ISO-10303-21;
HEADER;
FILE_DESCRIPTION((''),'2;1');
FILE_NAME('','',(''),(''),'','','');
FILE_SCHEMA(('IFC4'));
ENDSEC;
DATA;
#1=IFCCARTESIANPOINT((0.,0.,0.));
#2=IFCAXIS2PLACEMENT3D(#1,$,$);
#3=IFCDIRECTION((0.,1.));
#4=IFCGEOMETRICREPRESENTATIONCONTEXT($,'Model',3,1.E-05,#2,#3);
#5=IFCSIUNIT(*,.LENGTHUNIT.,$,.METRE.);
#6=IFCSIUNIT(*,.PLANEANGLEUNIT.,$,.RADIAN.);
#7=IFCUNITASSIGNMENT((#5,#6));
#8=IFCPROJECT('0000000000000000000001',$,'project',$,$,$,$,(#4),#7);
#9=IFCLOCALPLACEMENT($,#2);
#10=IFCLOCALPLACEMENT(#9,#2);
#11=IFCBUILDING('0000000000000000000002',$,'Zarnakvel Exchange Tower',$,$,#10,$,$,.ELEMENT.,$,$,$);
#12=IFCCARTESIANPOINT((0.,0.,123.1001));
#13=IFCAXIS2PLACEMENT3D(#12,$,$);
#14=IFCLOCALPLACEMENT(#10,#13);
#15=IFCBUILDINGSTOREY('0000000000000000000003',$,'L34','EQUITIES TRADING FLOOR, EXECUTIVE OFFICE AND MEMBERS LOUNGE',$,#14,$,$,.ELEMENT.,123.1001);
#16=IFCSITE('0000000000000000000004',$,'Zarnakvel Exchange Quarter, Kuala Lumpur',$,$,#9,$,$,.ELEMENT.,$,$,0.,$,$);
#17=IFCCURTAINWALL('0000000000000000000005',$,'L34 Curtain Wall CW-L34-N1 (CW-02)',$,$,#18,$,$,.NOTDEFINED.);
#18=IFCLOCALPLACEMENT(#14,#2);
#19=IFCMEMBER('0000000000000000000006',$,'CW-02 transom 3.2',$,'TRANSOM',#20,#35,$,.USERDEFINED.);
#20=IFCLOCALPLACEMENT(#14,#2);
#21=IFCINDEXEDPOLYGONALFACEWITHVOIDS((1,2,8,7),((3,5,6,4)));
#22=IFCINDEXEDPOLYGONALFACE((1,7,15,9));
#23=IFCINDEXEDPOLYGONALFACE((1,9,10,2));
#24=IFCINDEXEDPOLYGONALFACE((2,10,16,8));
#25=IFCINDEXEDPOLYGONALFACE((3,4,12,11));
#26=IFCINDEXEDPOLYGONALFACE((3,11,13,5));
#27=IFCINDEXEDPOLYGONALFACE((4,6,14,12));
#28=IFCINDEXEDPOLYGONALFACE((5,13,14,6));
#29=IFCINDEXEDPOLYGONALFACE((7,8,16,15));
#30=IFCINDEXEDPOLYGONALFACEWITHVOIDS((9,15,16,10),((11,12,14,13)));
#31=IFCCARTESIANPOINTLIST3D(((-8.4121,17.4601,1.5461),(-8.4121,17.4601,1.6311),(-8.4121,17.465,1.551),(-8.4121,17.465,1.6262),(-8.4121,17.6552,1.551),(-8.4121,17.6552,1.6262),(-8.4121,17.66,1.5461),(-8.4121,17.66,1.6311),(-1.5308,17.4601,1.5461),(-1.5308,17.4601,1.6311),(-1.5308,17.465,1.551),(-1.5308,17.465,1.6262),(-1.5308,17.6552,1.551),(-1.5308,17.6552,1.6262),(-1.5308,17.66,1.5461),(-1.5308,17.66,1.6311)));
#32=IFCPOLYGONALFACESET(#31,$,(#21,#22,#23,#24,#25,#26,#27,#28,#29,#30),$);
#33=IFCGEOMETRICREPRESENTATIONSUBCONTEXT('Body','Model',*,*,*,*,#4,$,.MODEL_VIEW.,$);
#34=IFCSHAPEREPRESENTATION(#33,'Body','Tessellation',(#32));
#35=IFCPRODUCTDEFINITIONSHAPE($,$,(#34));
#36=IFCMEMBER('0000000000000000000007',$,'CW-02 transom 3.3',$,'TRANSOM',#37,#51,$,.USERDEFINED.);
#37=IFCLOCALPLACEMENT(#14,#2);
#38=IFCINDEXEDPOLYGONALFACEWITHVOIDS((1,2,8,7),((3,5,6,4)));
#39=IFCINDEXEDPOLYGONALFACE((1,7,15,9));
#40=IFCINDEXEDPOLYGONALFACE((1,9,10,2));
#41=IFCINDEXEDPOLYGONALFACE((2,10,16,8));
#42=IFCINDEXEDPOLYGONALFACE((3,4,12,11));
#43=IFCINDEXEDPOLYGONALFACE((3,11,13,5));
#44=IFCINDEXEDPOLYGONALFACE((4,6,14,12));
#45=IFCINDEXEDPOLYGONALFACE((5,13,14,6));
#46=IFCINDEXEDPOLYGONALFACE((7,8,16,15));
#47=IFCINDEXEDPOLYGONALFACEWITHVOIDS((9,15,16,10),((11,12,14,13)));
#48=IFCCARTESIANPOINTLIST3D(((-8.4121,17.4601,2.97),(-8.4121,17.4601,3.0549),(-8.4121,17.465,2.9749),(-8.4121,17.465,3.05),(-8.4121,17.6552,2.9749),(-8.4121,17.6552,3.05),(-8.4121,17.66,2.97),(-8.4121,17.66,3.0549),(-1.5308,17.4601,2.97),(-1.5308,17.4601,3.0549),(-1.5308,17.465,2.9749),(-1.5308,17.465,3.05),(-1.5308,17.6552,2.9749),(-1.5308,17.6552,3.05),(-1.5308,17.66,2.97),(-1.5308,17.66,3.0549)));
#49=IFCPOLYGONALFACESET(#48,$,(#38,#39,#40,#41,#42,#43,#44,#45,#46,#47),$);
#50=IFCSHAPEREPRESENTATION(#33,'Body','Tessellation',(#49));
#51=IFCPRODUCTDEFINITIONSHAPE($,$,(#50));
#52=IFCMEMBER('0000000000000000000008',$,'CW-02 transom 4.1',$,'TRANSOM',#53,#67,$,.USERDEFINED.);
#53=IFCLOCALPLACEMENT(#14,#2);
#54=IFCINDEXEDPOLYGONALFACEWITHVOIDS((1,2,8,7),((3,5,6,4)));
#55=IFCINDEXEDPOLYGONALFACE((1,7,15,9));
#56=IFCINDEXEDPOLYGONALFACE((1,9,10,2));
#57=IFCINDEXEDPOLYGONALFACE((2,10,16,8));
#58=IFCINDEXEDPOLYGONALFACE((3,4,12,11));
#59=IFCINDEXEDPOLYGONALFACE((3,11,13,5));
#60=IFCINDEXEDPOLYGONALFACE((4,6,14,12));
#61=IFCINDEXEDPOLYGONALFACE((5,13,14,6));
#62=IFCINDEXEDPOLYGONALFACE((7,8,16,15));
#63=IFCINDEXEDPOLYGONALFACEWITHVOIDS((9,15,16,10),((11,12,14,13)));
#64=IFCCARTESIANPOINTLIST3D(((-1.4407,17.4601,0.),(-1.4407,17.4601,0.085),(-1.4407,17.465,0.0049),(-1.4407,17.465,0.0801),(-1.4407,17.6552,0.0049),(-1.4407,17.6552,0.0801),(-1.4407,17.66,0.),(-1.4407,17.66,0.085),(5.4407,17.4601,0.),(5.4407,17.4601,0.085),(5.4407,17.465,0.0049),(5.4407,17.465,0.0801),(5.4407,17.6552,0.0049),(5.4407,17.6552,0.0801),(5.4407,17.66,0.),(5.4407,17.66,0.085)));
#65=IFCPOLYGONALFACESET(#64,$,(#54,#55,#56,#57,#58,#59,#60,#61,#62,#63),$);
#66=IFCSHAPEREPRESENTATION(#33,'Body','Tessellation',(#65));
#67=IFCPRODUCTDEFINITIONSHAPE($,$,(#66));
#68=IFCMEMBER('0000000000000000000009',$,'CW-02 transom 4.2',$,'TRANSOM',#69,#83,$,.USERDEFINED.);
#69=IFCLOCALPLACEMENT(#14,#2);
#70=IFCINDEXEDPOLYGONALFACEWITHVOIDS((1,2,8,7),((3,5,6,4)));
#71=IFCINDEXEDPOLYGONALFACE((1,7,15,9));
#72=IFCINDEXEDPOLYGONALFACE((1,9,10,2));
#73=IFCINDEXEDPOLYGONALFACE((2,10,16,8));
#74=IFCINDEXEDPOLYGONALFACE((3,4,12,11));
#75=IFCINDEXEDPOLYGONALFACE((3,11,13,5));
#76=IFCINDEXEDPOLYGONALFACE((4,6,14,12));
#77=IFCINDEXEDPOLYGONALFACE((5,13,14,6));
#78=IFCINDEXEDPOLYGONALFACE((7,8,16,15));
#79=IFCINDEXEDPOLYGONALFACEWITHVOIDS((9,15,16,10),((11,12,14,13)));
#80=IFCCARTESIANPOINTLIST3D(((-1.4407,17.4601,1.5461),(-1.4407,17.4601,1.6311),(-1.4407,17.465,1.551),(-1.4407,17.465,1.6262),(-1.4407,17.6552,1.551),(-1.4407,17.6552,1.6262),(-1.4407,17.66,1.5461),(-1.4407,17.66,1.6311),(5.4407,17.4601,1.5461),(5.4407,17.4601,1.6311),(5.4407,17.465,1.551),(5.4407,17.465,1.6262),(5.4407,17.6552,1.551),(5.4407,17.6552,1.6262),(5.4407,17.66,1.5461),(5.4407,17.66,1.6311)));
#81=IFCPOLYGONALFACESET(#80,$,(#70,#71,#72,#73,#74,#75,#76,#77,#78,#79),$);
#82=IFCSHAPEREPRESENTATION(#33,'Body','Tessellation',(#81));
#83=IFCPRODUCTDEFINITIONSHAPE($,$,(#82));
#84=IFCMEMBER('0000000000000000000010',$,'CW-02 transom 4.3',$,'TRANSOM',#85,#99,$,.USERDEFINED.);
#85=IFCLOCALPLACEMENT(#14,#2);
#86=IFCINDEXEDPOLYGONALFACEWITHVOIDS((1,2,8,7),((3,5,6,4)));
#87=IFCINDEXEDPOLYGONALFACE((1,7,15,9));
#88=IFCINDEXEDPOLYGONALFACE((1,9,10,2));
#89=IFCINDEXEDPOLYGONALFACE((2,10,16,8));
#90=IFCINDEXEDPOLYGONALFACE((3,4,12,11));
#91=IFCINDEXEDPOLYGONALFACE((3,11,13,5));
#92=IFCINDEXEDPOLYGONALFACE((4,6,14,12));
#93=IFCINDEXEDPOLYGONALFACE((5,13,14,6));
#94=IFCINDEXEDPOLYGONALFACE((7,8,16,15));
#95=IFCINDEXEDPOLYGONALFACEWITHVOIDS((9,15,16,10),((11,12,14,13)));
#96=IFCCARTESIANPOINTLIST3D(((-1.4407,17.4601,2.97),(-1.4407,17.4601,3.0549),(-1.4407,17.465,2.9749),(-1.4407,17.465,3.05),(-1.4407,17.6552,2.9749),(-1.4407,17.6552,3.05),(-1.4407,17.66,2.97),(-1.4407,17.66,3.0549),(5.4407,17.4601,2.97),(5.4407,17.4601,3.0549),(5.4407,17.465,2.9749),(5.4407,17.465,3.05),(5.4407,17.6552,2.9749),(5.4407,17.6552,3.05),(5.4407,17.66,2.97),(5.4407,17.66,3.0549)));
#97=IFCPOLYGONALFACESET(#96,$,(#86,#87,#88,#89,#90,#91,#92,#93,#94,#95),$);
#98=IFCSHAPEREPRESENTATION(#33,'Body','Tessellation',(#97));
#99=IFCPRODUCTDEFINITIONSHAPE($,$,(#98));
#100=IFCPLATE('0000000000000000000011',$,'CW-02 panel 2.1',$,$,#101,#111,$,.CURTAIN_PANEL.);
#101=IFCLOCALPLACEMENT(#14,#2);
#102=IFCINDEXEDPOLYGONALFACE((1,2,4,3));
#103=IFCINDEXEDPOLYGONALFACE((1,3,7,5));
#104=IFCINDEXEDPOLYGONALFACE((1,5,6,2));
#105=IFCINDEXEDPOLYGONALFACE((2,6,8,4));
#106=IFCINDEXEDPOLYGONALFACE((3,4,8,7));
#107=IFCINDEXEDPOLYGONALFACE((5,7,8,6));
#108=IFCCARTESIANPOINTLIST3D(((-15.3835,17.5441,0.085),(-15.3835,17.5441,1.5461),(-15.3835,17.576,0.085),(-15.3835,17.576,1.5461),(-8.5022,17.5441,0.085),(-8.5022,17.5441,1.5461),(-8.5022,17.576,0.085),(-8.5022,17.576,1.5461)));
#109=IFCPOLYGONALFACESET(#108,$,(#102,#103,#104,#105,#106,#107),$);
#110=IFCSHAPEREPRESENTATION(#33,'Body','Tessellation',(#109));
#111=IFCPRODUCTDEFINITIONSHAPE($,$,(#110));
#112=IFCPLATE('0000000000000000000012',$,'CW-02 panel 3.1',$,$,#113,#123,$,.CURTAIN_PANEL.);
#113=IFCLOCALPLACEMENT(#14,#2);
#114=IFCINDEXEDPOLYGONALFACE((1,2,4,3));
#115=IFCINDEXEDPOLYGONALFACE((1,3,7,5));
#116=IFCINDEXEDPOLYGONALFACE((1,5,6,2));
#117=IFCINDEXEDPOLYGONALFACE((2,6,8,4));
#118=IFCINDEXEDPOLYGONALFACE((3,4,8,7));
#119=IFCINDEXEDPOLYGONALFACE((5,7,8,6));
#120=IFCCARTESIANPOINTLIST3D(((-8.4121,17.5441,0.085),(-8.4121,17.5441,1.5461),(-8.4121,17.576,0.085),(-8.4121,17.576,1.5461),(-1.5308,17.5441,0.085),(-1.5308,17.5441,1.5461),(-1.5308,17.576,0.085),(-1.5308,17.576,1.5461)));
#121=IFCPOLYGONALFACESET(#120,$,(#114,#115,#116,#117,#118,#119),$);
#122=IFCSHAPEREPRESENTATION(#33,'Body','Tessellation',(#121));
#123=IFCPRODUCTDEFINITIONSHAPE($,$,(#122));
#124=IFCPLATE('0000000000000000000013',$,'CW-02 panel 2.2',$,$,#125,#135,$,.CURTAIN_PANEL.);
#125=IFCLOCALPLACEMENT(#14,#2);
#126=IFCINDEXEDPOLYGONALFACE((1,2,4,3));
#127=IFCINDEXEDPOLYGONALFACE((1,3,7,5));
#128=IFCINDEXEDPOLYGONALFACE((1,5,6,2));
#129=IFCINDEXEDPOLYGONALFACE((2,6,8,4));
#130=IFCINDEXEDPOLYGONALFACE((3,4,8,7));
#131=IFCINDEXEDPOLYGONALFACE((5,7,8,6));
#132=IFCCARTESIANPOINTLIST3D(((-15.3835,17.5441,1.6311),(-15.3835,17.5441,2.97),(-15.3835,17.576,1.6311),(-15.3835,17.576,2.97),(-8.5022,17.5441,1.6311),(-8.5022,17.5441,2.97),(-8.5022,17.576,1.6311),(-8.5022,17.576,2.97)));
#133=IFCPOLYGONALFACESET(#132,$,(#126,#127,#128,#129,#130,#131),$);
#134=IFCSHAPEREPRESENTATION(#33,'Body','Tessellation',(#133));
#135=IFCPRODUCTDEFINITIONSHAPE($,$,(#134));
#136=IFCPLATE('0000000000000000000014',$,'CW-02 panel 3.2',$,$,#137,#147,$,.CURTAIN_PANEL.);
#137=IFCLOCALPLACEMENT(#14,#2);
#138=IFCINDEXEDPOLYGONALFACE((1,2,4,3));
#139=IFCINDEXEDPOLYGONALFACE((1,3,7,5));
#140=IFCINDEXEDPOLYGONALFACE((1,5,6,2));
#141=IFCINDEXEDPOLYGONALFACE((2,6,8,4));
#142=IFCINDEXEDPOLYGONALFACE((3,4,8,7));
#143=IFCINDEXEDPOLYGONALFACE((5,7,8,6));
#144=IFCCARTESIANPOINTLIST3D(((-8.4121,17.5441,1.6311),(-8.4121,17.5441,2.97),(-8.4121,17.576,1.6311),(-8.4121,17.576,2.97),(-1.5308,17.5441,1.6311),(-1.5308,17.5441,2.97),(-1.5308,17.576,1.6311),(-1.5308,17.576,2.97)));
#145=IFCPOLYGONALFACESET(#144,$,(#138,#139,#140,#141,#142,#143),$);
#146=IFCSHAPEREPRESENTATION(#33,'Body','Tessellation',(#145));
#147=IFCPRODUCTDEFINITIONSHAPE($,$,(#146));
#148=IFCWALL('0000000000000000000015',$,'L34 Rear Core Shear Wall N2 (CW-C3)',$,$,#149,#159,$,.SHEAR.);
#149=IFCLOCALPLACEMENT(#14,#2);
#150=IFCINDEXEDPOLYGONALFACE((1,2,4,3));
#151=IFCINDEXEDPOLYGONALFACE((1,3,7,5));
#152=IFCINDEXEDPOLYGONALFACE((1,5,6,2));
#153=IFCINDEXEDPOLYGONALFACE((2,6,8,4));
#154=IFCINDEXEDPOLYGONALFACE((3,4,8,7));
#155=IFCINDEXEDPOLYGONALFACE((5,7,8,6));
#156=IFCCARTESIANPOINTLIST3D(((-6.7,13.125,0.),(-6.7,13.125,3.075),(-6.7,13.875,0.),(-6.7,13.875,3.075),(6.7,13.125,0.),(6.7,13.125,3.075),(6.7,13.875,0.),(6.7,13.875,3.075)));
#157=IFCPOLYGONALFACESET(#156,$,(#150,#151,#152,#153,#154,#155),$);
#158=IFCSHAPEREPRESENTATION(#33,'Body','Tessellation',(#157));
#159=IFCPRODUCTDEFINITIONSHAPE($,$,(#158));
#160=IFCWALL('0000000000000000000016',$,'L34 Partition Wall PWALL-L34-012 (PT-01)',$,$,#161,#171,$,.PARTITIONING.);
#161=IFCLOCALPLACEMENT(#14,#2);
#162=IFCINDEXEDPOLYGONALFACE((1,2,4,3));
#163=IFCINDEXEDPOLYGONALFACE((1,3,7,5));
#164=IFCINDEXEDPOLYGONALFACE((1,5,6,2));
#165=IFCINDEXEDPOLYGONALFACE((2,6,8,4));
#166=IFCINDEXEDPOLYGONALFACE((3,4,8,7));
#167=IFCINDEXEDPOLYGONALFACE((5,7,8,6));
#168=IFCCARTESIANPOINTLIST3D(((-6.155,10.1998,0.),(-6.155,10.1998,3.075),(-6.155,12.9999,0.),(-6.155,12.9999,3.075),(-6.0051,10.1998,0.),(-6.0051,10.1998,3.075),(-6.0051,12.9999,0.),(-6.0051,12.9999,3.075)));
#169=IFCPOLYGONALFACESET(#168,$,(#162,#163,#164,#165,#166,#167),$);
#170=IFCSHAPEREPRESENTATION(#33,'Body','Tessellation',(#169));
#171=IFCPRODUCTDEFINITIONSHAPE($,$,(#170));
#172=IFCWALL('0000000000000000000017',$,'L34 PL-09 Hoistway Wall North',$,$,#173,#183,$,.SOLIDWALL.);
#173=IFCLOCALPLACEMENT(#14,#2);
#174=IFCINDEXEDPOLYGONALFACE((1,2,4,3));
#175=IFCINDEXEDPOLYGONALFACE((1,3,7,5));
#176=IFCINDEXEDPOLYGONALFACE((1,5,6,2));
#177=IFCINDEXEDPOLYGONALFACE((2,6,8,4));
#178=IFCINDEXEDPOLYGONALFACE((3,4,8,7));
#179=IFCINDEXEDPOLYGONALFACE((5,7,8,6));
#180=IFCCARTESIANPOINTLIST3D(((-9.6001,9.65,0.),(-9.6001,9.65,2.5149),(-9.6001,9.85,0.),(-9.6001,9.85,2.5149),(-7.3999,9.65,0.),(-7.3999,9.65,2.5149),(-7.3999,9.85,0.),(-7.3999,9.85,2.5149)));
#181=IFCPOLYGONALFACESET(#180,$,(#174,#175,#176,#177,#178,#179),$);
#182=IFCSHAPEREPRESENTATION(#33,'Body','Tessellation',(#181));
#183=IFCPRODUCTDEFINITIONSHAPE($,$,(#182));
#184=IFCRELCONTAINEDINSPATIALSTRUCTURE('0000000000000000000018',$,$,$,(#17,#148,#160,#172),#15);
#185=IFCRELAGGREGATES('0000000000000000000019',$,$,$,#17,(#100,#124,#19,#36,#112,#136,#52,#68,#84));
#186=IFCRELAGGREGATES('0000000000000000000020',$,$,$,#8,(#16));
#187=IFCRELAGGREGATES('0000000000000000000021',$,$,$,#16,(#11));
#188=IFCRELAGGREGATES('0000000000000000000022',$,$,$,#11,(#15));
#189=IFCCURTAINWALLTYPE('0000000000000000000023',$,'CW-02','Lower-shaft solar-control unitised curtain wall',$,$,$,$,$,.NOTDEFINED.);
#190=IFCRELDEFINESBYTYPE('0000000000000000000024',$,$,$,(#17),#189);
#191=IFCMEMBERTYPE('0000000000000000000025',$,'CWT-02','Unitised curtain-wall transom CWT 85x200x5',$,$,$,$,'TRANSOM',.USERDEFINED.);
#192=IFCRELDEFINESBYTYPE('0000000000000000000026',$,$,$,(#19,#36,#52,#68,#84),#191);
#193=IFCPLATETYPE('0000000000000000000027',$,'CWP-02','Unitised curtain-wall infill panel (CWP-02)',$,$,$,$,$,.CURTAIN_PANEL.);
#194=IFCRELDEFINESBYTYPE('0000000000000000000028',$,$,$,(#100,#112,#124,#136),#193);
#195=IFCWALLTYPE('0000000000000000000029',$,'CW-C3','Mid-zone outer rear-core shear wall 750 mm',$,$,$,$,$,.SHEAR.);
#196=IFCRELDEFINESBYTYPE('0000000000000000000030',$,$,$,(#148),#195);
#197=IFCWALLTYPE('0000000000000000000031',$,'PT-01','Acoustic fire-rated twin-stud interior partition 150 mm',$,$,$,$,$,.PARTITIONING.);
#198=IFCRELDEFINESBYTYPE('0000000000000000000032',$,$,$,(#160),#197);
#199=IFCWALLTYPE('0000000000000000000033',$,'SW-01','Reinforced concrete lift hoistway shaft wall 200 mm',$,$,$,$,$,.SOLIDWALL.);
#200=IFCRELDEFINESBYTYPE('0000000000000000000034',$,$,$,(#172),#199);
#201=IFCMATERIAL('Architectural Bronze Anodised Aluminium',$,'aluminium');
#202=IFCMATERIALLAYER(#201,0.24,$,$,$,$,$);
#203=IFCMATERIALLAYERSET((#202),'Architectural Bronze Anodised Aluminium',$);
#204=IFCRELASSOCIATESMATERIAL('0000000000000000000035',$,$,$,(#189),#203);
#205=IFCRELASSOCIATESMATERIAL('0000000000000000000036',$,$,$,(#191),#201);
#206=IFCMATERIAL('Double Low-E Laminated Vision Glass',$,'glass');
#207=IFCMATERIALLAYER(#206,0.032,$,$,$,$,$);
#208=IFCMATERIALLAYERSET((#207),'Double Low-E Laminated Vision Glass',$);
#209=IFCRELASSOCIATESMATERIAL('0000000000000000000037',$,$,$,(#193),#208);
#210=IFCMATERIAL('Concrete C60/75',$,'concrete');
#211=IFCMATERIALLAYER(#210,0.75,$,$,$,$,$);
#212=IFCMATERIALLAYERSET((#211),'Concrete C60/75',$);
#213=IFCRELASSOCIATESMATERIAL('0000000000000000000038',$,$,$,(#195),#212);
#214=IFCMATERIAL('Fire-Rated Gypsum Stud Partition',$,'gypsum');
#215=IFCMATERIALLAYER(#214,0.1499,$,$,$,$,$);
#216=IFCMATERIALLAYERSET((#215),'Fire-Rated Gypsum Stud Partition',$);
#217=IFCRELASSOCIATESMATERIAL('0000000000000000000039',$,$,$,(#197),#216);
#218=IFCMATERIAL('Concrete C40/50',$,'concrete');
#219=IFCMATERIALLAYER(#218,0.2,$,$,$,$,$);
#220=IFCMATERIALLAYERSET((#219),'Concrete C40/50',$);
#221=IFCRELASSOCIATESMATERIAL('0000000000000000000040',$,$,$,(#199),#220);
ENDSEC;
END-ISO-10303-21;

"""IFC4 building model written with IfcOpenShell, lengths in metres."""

from ifc_helpers import new_model, si_unit, direction, frame, frame_2d, origin, origin_2d, place, context, subcontext, project, spatial, rectangle, hollow_rectangle, extrude, source, transform, mapped, material, layer, layer_set, material_profile, profile_set, type_object, element, aggregate, save


model = new_model("IFC4")

# Units and contexts
model_context = context("Model", 3, precision=1e-05, world=origin(), true_north=direction((0.0, 1.0)))
body_context = subcontext(model_context, "Body", "Model", "MODEL_VIEW")
ifc_project = project(units=[si_unit("LENGTHUNIT", "METRE"), si_unit("PLANEANGLEUNIT", "RADIAN")], contexts=[model_context])

# Site, building, storey
site_placement = place(None, origin())
site = spatial("IfcSite", under=ifc_project, at=site_placement, Name="Zarnakvel Exchange Quarter, Kuala Lumpur", CompositionType="ELEMENT", RefElevation=0.0)
building_placement = place(site_placement, origin())
building = spatial("IfcBuilding", under=site, at=building_placement, Name="Zarnakvel Exchange Tower", CompositionType="ELEMENT")
storey_placement = place(building_placement, frame((0.0, 0.0, 123.1001)))
storey = spatial("IfcBuildingStorey", under=building, at=storey_placement, Name="L34", Description="EQUITIES TRADING FLOOR, EXECUTIVE OFFICE AND MEMBERS LOUNGE", CompositionType="ELEMENT", Elevation=123.1001)

# Shared definitions
ifc_material_1 = material(Name="Concrete C60/75", Category="concrete")

# Curtain wall, members, plates
ifc_material_2 = material(Name="Architectural Bronze Anodised Aluminium", Category="aluminium")
ifc_layer_1 = layer(ifc_material_2, 0.24)
ifc_layer_set_1 = layer_set([ifc_layer_1], Name="Architectural Bronze Anodised Aluminium")
curtain_wall_type = type_object("IfcCurtainWallType", Name="CW-02", Description="Lower-shaft solar-control unitised curtain wall", PredefinedType="NOTDEFINED", material=ifc_layer_set_1)
curtain_wall_placement = place(storey_placement, origin())
curtain_wall = element("IfcCurtainWall", 1, at=curtain_wall_placement, inside=storey, type_object=curtain_wall_type, Name="L34 Curtain Wall CW-L34-N1 (CW-02)", PredefinedType="NOTDEFINED")
ifc_material_profile_1 = material_profile(ifc_material_2, hollow_rectangle(XDim=0.2, YDim=0.085, WallThickness=0.0049, at=origin_2d()))
ifc_profile_set_1 = profile_set([ifc_material_profile_1], Name="Architectural Bronze Anodised Aluminium")
member_type_1 = type_object("IfcMemberType", Name="CWT-02", Description="Unitised curtain-wall transom CWT 85x200x5", ElementType="TRANSOM", PredefinedType="USERDEFINED", material=ifc_profile_set_1)
shared_shape_1 = source(origin(), body_context, "Body", "SweptSolid", [
    extrude(hollow_rectangle(XDim=0.2, YDim=0.085, WallThickness=0.0049, at=origin_2d()), origin(), (0.0, 0.0, 1.0), 6.8813),
])
member_1_placement = place(storey_placement, frame((-8.4121, 17.5601, 1.5886), z_axis=(1.0, 0.0, 0.0), x_axis=(0.0, 1.0, 0.0)))
member_1 = element("IfcMember", 2, at=member_1_placement, type_object=member_type_1, Name="CW-02 transom 3.2", ObjectType="TRANSOM", PredefinedType="USERDEFINED", context=body_context, shape_type="MappedRepresentation", body=[
    mapped(shared_shape_1, transform((0.0, 0.0, 0.0), x_axis=(1.0, 0.0, 0.0), y_axis=(0.0, 1.0, 0.0), z_axis=(0.0, 0.0, 1.0), scale=1.0)),
])
member_2_placement = place(storey_placement, frame((-8.4121, 17.5601, 3.0125), z_axis=(1.0, 0.0, 0.0), x_axis=(0.0, 1.0, 0.0)))
member_2 = element("IfcMember", 3, at=member_2_placement, type_object=member_type_1, Name="CW-02 transom 3.3", ObjectType="TRANSOM", PredefinedType="USERDEFINED", context=body_context, shape_type="MappedRepresentation", body=[
    mapped(shared_shape_1, transform((0.0, 0.0, 0.0), x_axis=(1.0, 0.0, 0.0), y_axis=(0.0, 1.0, 0.0), z_axis=(0.0, 0.0, 1.0), scale=1.0)),
])
member_3_placement = place(storey_placement, frame((-1.4407, 17.5601, 0.0425), z_axis=(1.0, 0.0, 0.0), x_axis=(0.0, 1.0, 0.0)))
member_3 = element("IfcMember", 4, at=member_3_placement, type_object=member_type_1, Name="CW-02 transom 4.1", ObjectType="TRANSOM", PredefinedType="USERDEFINED", context=body_context, shape_type="MappedRepresentation", body=[
    mapped(shared_shape_1, transform((0.0, 0.0, 0.0), x_axis=(1.0, 0.0, 0.0), y_axis=(0.0, 1.0, 0.0), z_axis=(0.0, 0.0, 1.0), scale=1.0)),
])
member_4_placement = place(storey_placement, frame((-1.4407, 17.5601, 1.5886), z_axis=(1.0, 0.0, 0.0), x_axis=(0.0, 1.0, 0.0)))
member_4 = element("IfcMember", 5, at=member_4_placement, type_object=member_type_1, Name="CW-02 transom 4.2", ObjectType="TRANSOM", PredefinedType="USERDEFINED", context=body_context, shape_type="MappedRepresentation", body=[
    mapped(shared_shape_1, transform((0.0, 0.0, 0.0), x_axis=(1.0, 0.0, 0.0), y_axis=(0.0, 1.0, 0.0), z_axis=(0.0, 0.0, 1.0), scale=1.0)),
])
member_5_placement = place(storey_placement, frame((-1.4407, 17.5601, 3.0125), z_axis=(1.0, 0.0, 0.0), x_axis=(0.0, 1.0, 0.0)))
member_5 = element("IfcMember", 6, at=member_5_placement, type_object=member_type_1, Name="CW-02 transom 4.3", ObjectType="TRANSOM", PredefinedType="USERDEFINED", context=body_context, shape_type="MappedRepresentation", body=[
    mapped(shared_shape_1, transform((0.0, 0.0, 0.0), x_axis=(1.0, 0.0, 0.0), y_axis=(0.0, 1.0, 0.0), z_axis=(0.0, 0.0, 1.0), scale=1.0)),
])
ifc_material_3 = material(Name="Double Low-E Laminated Vision Glass", Category="glass")
ifc_layer_2 = layer(ifc_material_3, 0.032)
ifc_layer_set_2 = layer_set([ifc_layer_2], Name="Double Low-E Laminated Vision Glass")
plate_type = type_object("IfcPlateType", Name="CWP-02", Description="Unitised curtain-wall infill panel (CWP-02)", PredefinedType="CURTAIN_PANEL", material=ifc_layer_set_2)
shared_shape_2 = source(origin(), body_context, "Body", "SweptSolid", [
    extrude(rectangle(XDim=6.8813, YDim=0.032, at=origin_2d()), origin(), (0.0, 0.0, 1.0), 1.4612),
])
plate_1_placement = place(storey_placement, frame((-11.9429, 17.5601, 0.085), z_axis=(0.0, 0.0, 1.0), x_axis=(1.0, 0.0, 0.0)))
plate_1 = element("IfcPlate", 7, at=plate_1_placement, type_object=plate_type, Name="CW-02 panel 2.1", PredefinedType="CURTAIN_PANEL", context=body_context, shape_type="MappedRepresentation", body=[
    mapped(shared_shape_2, transform((0.0, 0.0, 0.0), x_axis=(1.0, 0.0, 0.0), y_axis=(0.0, 1.0, 0.0), z_axis=(0.0, 0.0, 1.0), scale=1.0)),
])
plate_2_placement = place(storey_placement, frame((-4.9714, 17.5601, 0.085), z_axis=(0.0, 0.0, 1.0), x_axis=(1.0, 0.0, 0.0)))
plate_2 = element("IfcPlate", 8, at=plate_2_placement, type_object=plate_type, Name="CW-02 panel 3.1", PredefinedType="CURTAIN_PANEL", context=body_context, shape_type="MappedRepresentation", body=[
    mapped(shared_shape_2, transform((0.0, 0.0, 0.0), x_axis=(1.0, 0.0, 0.0), y_axis=(0.0, 1.0, 0.0), z_axis=(0.0, 0.0, 1.0), scale=1.0)),
])
shared_shape_3 = source(origin(), body_context, "Body", "SweptSolid", [
    extrude(rectangle(XDim=6.8813, YDim=0.032, at=origin_2d()), origin(), (0.0, 0.0, 1.0), 1.3389),
])
plate_3_placement = place(storey_placement, frame((-11.9429, 17.5601, 1.6311), z_axis=(0.0, 0.0, 1.0), x_axis=(1.0, 0.0, 0.0)))
plate_3 = element("IfcPlate", 9, at=plate_3_placement, type_object=plate_type, Name="CW-02 panel 2.2", PredefinedType="CURTAIN_PANEL", context=body_context, shape_type="MappedRepresentation", body=[
    mapped(shared_shape_3, transform((0.0, 0.0, 0.0), x_axis=(1.0, 0.0, 0.0), y_axis=(0.0, 1.0, 0.0), z_axis=(0.0, 0.0, 1.0), scale=1.0)),
])
plate_4_placement = place(storey_placement, frame((-4.9714, 17.5601, 1.6311), z_axis=(0.0, 0.0, 1.0), x_axis=(1.0, 0.0, 0.0)))
plate_4 = element("IfcPlate", 10, at=plate_4_placement, type_object=plate_type, Name="CW-02 panel 3.2", PredefinedType="CURTAIN_PANEL", context=body_context, shape_type="MappedRepresentation", body=[
    mapped(shared_shape_3, transform((0.0, 0.0, 0.0), x_axis=(1.0, 0.0, 0.0), y_axis=(0.0, 1.0, 0.0), z_axis=(0.0, 0.0, 1.0), scale=1.0)),
])
aggregate(curtain_wall, [plate_1, plate_3, member_1, member_2, plate_2, plate_4, member_3, member_4, member_5])

# Walls
ifc_layer_3 = layer(ifc_material_1, 0.75)
ifc_layer_set_3 = layer_set([ifc_layer_3], Name="Concrete C60/75")
wall_type_1 = type_object("IfcWallType", Name="CW-C3", Description="Mid-zone outer rear-core shear wall 750 mm", PredefinedType="SHEAR", material=ifc_layer_set_3)
wall_1_placement = place(storey_placement, frame((-6.7, 13.5, 0.0), z_axis=(0.0, 0.0, 1.0), x_axis=(1.0, 0.0, 0.0)))
element("IfcWall", 11, at=wall_1_placement, inside=storey, type_object=wall_type_1, Name="L34 Rear Core Shear Wall N2 (CW-C3)", PredefinedType="SHEAR", context=body_context, shape_type="SweptSolid", body=[
    extrude(rectangle(XDim=13.3999, YDim=0.75, at=frame_2d((6.7, 0.0))), origin(), (0.0, 0.0, 1.0), 3.075),
])
ifc_material_4 = material(Name="Fire-Rated Gypsum Stud Partition", Category="gypsum")
ifc_layer_4 = layer(ifc_material_4, 0.1499)
ifc_layer_set_4 = layer_set([ifc_layer_4], Name="Fire-Rated Gypsum Stud Partition")
wall_type_2 = type_object("IfcWallType", Name="PT-01", Description="Acoustic fire-rated twin-stud interior partition 150 mm", PredefinedType="PARTITIONING", material=ifc_layer_set_4)
wall_2_placement = place(storey_placement, frame((-6.0801, 10.2, 0.0), z_axis=(0.0, 0.0, 1.0), x_axis=(0.0, 1.0, 0.0)))
element("IfcWall", 12, at=wall_2_placement, inside=storey, type_object=wall_type_2, Name="L34 Partition Wall PWALL-L34-012 (PT-01)", PredefinedType="PARTITIONING", context=body_context, shape_type="SweptSolid", body=[
    extrude(rectangle(XDim=2.8, YDim=0.1499, at=frame_2d((1.3999, 0.0))), origin(), (0.0, 0.0, 1.0), 3.075),
])
ifc_material_5 = material(Name="Concrete C40/50", Category="concrete")
ifc_layer_5 = layer(ifc_material_5, 0.2)
ifc_layer_set_5 = layer_set([ifc_layer_5], Name="Concrete C40/50")
wall_type_3 = type_object("IfcWallType", Name="SW-01", Description="Reinforced concrete lift hoistway shaft wall 200 mm", PredefinedType="SOLIDWALL", material=ifc_layer_set_5)
wall_3_placement = place(storey_placement, frame((-9.6001, 9.75, 0.0), z_axis=(0.0, 0.0, 1.0), x_axis=(1.0, 0.0, 0.0)))
element("IfcWall", 13, at=wall_3_placement, inside=storey, type_object=wall_type_3, Name="L34 PL-09 Hoistway Wall North", PredefinedType="SOLIDWALL", context=body_context, shape_type="SweptSolid", body=[
    extrude(rectangle(XDim=2.2002, YDim=0.2, at=frame_2d((1.1001, 0.0))), origin(), (0.0, 0.0, 1.0), 2.5149),
])

save(model, "model.ifc")
